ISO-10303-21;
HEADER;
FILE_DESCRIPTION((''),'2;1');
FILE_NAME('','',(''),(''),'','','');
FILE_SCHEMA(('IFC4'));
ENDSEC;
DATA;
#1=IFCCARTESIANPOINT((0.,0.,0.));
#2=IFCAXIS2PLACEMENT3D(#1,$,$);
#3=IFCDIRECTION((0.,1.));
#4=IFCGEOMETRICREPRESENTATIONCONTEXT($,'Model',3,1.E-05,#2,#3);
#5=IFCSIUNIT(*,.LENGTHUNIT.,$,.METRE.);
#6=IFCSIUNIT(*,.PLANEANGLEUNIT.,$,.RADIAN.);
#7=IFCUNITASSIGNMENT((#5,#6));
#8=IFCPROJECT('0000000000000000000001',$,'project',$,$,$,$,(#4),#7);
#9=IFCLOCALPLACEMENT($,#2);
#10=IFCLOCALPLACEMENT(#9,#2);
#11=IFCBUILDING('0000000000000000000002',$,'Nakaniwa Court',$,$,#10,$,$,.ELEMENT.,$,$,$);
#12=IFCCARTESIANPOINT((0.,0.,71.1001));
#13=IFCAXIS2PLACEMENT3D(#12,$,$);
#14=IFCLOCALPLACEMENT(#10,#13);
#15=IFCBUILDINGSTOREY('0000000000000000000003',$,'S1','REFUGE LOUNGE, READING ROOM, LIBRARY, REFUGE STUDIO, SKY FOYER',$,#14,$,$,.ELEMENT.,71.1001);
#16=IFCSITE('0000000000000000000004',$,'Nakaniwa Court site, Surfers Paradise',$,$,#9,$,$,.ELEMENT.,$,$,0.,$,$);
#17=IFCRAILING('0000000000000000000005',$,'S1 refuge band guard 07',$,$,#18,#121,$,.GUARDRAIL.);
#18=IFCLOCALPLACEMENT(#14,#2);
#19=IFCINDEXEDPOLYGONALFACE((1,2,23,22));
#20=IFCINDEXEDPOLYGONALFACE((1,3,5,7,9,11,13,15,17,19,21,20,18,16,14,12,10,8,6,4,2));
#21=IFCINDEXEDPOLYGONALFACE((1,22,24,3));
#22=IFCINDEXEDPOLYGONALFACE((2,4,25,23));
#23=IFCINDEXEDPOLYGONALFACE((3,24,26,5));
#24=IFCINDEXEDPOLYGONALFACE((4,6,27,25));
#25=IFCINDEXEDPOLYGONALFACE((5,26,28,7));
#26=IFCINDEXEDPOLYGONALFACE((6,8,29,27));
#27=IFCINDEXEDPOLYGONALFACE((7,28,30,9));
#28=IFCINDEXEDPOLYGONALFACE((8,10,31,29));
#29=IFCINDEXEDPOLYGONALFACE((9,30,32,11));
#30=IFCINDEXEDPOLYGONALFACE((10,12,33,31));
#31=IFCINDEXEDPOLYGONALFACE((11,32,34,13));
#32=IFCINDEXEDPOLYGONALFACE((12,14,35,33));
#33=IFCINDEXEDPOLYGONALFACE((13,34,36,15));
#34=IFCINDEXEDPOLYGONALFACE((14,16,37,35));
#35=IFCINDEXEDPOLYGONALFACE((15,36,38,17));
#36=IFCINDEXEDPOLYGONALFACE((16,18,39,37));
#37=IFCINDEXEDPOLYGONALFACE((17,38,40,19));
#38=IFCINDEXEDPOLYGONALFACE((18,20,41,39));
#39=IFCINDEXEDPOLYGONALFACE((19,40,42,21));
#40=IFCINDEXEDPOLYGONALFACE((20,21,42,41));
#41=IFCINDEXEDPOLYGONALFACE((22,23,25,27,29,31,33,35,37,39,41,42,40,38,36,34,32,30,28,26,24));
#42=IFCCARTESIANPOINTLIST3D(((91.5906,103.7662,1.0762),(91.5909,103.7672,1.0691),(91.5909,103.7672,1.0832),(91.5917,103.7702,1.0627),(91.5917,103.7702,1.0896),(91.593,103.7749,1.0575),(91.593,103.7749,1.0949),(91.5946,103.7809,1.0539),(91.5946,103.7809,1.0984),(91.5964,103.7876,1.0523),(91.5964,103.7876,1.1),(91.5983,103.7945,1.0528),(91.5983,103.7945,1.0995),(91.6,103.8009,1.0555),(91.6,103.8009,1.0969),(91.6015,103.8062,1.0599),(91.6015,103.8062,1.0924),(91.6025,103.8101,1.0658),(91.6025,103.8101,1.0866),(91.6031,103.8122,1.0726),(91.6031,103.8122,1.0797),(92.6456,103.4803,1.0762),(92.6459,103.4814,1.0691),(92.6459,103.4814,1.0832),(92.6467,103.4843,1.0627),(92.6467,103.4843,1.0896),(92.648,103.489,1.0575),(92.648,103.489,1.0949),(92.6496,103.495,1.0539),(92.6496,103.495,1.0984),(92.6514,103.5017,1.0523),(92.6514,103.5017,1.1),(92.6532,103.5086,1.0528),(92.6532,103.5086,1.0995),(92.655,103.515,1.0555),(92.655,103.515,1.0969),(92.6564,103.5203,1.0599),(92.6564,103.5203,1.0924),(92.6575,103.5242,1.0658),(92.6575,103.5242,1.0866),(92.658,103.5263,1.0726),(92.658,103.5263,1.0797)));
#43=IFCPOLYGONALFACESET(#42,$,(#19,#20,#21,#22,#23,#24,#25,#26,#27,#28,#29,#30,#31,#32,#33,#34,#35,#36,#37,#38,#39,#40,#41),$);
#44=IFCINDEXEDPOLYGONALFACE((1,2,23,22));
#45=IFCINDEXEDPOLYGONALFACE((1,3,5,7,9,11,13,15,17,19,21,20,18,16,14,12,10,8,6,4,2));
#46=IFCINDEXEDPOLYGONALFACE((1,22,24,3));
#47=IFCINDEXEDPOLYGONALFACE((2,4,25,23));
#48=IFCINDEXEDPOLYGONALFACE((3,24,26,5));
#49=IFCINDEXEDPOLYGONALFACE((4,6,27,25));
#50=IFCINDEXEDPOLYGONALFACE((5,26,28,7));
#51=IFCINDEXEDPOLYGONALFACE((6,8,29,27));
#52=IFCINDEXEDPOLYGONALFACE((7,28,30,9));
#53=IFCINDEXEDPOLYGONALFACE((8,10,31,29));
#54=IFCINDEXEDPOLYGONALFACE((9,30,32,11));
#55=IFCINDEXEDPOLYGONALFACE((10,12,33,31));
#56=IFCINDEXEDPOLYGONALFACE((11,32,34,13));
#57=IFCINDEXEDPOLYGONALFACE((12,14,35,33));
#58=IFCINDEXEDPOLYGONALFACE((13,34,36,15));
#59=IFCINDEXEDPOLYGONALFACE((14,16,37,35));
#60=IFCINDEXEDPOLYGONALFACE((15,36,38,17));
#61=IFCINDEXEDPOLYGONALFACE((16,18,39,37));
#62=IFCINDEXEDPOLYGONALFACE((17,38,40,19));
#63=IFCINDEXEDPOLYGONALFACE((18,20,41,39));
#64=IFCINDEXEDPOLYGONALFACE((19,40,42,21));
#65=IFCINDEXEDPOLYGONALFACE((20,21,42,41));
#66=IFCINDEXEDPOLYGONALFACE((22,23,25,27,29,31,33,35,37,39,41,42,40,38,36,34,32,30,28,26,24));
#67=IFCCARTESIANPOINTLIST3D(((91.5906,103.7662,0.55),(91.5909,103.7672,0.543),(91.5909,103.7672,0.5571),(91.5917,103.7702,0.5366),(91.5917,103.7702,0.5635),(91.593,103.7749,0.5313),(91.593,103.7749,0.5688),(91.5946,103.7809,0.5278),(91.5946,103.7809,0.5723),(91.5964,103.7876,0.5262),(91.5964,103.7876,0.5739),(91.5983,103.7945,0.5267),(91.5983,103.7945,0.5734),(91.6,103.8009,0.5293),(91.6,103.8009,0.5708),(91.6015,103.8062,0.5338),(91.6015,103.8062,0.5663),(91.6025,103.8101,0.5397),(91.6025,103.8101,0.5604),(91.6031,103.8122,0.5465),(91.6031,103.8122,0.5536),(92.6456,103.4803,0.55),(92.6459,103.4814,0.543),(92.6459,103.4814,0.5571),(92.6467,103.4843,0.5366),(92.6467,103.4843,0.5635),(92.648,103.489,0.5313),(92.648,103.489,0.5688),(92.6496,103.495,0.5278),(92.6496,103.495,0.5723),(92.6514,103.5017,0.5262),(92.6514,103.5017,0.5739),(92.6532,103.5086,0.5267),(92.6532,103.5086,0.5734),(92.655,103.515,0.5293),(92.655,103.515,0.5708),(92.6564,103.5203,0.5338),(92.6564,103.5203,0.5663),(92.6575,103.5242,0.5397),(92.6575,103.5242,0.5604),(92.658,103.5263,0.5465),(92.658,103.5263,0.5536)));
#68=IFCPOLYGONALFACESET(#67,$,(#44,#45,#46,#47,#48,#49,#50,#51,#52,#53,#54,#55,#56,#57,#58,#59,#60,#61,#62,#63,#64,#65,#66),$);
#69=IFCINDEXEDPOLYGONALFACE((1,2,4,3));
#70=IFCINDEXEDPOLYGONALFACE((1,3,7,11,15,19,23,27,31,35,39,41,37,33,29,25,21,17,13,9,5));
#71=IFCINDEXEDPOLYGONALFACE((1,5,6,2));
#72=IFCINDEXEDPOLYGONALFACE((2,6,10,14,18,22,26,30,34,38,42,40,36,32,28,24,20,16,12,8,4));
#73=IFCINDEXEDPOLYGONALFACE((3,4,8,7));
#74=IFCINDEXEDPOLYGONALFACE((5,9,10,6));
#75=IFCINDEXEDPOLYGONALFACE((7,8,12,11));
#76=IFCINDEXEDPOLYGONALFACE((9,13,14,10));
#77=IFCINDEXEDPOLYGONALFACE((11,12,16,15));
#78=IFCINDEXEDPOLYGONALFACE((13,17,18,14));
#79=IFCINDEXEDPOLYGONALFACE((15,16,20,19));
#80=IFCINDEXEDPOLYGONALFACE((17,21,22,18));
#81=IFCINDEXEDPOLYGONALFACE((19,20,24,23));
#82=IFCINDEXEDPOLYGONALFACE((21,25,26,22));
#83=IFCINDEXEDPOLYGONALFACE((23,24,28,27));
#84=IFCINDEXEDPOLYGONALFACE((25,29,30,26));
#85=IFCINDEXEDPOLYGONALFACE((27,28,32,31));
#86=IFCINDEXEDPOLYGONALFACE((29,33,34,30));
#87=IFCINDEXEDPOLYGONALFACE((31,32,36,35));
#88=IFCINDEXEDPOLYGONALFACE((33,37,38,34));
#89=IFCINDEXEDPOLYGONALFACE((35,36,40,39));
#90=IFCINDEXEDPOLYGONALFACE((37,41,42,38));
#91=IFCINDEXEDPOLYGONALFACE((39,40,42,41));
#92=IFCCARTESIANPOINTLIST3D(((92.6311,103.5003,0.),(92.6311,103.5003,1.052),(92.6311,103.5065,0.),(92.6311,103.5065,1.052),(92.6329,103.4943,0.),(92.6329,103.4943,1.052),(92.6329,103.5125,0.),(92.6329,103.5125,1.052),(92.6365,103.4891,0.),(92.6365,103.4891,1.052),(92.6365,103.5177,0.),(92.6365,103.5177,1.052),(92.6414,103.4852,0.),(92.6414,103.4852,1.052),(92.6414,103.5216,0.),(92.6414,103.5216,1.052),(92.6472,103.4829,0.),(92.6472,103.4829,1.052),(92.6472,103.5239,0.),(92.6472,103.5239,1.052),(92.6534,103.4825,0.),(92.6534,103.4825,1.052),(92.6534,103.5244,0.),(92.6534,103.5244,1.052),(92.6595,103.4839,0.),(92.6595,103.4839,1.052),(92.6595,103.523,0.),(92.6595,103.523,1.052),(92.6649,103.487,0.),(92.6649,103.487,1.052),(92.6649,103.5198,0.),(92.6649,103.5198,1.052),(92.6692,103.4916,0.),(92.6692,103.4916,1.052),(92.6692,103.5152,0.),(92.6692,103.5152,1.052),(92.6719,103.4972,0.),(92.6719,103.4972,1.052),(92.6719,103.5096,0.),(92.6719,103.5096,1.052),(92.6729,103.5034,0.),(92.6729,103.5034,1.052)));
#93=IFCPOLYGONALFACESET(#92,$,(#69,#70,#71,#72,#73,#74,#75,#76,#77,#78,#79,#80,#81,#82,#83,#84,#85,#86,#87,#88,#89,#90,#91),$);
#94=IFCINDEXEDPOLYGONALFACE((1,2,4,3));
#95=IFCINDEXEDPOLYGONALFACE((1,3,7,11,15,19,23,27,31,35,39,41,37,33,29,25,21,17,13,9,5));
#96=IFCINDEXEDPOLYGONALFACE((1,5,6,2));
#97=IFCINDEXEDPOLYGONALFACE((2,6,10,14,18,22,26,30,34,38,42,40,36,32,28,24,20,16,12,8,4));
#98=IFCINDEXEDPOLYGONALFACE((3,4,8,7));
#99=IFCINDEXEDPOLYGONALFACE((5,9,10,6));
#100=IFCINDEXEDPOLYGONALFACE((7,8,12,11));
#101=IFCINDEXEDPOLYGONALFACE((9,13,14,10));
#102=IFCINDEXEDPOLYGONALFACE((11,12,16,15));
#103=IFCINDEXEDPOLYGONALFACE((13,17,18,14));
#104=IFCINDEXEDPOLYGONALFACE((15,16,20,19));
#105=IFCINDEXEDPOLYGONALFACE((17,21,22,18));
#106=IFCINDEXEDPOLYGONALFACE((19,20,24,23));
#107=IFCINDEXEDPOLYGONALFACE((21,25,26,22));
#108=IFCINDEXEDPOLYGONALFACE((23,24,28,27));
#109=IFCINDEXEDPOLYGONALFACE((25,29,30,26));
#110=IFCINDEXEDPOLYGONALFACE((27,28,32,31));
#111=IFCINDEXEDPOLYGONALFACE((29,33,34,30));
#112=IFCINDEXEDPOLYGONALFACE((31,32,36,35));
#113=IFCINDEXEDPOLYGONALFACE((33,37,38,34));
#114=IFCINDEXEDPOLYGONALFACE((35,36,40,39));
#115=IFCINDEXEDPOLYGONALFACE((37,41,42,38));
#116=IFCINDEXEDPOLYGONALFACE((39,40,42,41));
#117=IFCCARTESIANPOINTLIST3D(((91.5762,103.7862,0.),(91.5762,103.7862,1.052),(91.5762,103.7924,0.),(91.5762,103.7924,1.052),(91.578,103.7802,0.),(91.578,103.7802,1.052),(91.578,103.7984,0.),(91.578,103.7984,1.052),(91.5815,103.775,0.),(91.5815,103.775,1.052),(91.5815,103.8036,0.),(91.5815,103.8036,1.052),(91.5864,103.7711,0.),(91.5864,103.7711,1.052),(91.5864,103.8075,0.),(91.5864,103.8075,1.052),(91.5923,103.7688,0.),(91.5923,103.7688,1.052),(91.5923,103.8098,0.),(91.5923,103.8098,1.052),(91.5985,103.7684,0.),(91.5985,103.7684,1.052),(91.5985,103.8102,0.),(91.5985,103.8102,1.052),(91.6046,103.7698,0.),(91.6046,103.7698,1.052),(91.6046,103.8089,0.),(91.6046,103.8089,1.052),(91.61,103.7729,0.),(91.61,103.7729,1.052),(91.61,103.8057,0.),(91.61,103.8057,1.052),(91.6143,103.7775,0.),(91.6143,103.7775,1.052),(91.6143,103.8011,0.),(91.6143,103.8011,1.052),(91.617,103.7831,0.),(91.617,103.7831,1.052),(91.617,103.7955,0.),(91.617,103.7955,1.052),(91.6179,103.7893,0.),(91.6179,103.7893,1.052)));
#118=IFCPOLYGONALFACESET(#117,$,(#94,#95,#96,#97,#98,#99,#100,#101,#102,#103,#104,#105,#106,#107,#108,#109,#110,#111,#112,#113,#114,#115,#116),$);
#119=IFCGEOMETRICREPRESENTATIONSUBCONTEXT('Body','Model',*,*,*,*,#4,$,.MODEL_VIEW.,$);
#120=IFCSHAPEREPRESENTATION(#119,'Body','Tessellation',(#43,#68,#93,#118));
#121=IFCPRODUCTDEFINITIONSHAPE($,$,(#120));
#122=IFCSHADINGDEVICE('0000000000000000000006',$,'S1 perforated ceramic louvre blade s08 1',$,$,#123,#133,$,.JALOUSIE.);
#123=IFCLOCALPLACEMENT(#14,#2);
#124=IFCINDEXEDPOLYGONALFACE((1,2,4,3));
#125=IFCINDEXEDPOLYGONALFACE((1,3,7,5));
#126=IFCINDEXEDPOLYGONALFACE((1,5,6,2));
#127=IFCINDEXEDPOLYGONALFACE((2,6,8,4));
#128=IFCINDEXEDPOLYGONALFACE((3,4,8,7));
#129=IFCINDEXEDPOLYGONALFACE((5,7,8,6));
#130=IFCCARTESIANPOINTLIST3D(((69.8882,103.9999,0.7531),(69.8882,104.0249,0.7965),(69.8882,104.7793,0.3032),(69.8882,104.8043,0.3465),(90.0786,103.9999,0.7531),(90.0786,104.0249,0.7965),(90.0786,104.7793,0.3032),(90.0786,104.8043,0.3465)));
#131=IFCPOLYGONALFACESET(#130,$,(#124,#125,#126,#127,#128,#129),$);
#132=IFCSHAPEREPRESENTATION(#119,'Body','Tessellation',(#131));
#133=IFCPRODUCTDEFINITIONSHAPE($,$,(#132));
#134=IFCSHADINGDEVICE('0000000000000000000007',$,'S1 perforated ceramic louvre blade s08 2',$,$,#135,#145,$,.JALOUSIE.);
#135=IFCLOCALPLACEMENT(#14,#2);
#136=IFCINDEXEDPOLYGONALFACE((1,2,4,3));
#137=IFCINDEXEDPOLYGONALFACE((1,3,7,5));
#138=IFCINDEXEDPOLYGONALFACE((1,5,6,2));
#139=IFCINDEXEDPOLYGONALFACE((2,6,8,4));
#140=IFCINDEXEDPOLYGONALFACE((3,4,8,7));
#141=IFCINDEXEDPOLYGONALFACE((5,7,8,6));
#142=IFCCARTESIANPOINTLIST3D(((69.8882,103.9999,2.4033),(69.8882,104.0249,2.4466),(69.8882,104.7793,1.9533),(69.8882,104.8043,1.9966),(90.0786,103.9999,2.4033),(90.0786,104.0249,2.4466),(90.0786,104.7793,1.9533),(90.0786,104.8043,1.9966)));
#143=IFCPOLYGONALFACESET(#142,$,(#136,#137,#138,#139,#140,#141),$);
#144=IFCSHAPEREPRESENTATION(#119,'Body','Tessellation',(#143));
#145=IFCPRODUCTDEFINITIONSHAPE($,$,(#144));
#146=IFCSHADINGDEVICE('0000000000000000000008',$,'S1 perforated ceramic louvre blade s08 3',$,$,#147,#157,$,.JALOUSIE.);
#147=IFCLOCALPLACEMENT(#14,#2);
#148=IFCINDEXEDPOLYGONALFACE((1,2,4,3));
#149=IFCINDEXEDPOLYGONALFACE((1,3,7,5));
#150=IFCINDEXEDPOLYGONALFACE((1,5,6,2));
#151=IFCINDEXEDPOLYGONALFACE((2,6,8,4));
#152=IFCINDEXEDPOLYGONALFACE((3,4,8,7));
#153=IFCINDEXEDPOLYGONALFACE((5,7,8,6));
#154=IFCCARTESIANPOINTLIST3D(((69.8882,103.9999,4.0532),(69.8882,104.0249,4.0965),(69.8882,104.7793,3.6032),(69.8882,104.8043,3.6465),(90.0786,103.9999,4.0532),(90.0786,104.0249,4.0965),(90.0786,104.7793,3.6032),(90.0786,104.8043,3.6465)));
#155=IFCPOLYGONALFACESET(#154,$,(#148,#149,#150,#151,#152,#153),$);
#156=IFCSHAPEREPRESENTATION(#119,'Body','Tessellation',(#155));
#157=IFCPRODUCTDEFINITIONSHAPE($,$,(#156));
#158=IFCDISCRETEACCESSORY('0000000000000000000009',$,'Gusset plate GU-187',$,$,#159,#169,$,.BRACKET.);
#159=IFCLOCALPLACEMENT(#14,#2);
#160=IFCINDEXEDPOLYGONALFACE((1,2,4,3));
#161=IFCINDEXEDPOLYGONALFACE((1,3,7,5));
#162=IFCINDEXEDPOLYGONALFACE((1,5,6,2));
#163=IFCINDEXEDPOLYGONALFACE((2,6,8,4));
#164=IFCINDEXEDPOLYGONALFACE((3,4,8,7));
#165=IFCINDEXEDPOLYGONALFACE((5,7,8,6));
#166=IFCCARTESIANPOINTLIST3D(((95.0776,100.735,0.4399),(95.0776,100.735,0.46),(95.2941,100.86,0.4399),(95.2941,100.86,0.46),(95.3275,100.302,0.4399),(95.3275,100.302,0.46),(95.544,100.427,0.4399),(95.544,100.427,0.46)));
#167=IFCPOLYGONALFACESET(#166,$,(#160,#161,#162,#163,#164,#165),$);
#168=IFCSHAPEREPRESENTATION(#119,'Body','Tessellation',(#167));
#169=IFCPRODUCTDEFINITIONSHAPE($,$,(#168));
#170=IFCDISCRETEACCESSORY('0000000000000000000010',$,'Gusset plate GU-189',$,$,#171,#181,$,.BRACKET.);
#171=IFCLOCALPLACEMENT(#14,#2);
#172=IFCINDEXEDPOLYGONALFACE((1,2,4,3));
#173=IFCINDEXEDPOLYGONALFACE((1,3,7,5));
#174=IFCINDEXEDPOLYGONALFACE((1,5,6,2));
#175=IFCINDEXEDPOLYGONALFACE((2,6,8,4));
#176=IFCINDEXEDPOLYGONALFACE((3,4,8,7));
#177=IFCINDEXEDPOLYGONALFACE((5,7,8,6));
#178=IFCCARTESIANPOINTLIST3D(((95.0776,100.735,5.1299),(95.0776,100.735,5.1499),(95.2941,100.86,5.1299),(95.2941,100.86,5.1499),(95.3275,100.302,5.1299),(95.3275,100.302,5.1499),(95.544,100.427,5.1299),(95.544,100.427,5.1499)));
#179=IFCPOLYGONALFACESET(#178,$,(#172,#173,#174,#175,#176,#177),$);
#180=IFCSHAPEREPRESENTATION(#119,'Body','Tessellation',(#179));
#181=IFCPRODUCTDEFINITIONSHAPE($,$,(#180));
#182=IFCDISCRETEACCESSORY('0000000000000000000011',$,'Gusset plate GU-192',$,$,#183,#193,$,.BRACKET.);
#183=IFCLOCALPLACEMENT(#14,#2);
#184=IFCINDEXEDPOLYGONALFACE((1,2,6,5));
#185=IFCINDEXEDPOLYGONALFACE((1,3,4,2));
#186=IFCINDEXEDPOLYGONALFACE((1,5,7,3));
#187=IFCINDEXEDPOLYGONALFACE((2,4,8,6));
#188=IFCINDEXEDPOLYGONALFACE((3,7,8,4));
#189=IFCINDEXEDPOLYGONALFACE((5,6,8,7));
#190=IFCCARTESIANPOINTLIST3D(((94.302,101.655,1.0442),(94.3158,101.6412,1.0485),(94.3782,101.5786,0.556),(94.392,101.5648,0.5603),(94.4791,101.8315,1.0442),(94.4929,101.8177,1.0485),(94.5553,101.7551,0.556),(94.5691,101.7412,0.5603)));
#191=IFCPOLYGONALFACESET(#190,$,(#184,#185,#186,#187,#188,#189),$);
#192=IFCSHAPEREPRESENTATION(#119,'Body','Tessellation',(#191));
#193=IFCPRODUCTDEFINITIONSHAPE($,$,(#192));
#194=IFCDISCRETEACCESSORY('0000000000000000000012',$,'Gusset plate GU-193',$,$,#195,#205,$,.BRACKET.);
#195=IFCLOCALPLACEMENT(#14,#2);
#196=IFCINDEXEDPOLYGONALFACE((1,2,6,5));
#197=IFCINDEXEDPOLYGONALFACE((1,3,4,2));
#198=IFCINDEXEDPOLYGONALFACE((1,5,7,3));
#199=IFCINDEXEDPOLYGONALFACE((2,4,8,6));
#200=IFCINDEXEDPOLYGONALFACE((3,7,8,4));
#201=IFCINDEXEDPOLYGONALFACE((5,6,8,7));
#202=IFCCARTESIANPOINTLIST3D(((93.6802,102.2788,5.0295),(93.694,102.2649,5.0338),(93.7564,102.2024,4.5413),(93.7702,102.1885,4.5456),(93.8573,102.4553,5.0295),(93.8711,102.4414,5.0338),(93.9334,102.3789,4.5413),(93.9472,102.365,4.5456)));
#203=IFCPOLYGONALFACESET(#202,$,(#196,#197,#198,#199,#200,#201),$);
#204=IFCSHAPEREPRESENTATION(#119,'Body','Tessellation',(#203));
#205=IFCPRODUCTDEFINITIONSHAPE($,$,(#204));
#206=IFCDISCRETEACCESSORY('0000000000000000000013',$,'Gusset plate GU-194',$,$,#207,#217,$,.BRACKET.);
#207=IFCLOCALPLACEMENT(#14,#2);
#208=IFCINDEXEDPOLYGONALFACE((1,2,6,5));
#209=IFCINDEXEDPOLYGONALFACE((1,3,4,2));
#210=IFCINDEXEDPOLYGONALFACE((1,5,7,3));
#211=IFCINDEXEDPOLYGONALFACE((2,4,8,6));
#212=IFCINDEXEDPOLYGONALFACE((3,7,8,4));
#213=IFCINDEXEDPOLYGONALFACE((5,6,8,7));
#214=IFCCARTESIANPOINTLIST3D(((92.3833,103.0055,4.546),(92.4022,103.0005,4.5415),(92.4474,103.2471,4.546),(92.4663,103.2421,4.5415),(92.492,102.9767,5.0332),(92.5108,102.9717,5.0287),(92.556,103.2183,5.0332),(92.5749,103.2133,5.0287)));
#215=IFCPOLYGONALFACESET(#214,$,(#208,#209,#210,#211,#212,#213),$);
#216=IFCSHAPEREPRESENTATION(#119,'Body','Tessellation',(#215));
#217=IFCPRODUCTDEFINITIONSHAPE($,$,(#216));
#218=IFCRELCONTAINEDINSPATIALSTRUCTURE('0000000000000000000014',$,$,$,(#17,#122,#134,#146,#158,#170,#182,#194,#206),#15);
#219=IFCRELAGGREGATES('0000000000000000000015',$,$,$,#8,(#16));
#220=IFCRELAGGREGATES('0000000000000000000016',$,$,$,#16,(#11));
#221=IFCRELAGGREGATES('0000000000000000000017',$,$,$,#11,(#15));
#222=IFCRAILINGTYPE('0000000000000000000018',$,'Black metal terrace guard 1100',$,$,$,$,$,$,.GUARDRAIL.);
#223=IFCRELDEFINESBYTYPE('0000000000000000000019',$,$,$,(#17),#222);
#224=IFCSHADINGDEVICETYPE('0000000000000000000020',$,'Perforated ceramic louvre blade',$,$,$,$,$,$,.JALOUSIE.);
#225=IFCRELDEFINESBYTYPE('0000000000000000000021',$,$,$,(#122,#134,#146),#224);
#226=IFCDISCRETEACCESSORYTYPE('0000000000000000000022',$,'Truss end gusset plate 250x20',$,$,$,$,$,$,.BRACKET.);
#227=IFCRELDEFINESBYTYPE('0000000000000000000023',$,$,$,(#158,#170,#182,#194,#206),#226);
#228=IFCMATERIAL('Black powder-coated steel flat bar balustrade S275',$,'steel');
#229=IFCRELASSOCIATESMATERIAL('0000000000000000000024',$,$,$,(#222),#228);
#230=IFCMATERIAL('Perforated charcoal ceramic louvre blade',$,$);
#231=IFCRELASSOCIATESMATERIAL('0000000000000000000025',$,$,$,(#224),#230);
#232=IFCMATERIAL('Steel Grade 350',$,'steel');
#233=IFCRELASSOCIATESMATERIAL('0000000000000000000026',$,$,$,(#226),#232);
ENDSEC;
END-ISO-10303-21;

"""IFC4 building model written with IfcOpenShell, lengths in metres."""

from ifc_helpers import new_model, si_unit, direction, frame, origin, origin_2d, place, context, subcontext, project, spatial, rectangle, circle, extrude, material, material_profile, profile_set, type_object, element, save


model = new_model("IFC4")

# Units and contexts
model_context = context("Model", 3, precision=1e-05, world=origin(), true_north=direction((0.0, 1.0)))
body_context = subcontext(model_context, "Body", "Model", "MODEL_VIEW")
ifc_project = project(units=[si_unit("LENGTHUNIT", "METRE"), si_unit("PLANEANGLEUNIT", "RADIAN")], contexts=[model_context])

# Site, building, storey
site_placement = place(None, origin())
site = spatial("IfcSite", under=ifc_project, at=site_placement, Name="Nakaniwa Court site, Surfers Paradise", CompositionType="ELEMENT", RefElevation=0.0)
building_placement = place(site_placement, origin())
building = spatial("IfcBuilding", under=site, at=building_placement, Name="Nakaniwa Court", CompositionType="ELEMENT")
storey_placement = place(building_placement, frame((0.0, 0.0, 71.1001)))
storey = spatial("IfcBuildingStorey", under=building, at=storey_placement, Name="S1", Description="REFUGE LOUNGE, READING ROOM, LIBRARY, REFUGE STUDIO, SKY FOYER", CompositionType="ELEMENT", Elevation=71.1001)

# Shared definitions
ifc_material_1 = material(Name="Steel Grade 350", Category="steel")

# Railing
ifc_material_2 = material(Name="Black powder-coated steel flat bar balustrade S275", Category="steel")
railing_type = type_object("IfcRailingType", Name="Black metal terrace guard 1100", PredefinedType="GUARDRAIL", material=ifc_material_2)
railing_1_placement = place(storey_placement, frame((92.6519, 103.5034, 0.0)))
element("IfcRailing", 1, at=railing_1_placement, inside=storey, type_object=railing_type, Name="S1 refuge band guard 07", PredefinedType="GUARDRAIL", context=body_context, shape_type="SweptSolid", body=[
    extrude(circle(Radius=0.0239, at=origin_2d()), frame((0.0, 0.0, 1.0762), z_axis=(-0.965185, 0.261567, 0.0), x_axis=(-0.261567, -0.965185, 0.0)), (0.0, 0.0, 1.0), 1.093),
    extrude(circle(Radius=0.0239, at=origin_2d()), frame((0.0, 0.0, 0.55), z_axis=(-0.965185, 0.261567, 0.0), x_axis=(-0.261567, -0.965185, 0.0)), (0.0, 0.0, 1.0), 1.093),
    extrude(circle(Radius=0.021, at=origin_2d()), origin(), (0.0, 0.0, 1.0), 1.052),
    extrude(circle(Radius=0.021, at=origin_2d()), frame((-1.0549, 0.2859, 0.0)), (0.0, 0.0, 1.0), 1.052),
])

# Shading devices
ifc_material_3 = material(Name="Perforated charcoal ceramic louvre blade")
ifc_material_profile_1 = material_profile(ifc_material_3, rectangle(XDim=0.8999, YDim=0.05, at=origin_2d()), Name="Perforated ceramic louvre blade")
ifc_profile_set_1 = profile_set([ifc_material_profile_1], Name="Perforated charcoal ceramic louvre blade")
shading_device_type = type_object("IfcShadingDeviceType", Name="Perforated ceramic louvre blade", PredefinedType="JALOUSIE", material=ifc_profile_set_1)
for number, where, z_axis, x_axis, name in (
    (2, (90.0786, 104.4021, 0.5498), (-1.0, 0.0, 0.0), (0.0, -0.866025, 0.5), "S1 perforated ceramic louvre blade s08 1"),
    (3, (90.0786, 104.4021, 2.2), (-1.0, 0.0, 0.0), (0.0, -0.866025, 0.5), "S1 perforated ceramic louvre blade s08 2"),
    (4, (90.0786, 104.4021, 3.8499), (-1.0, 0.0, 0.0), (0.0, -0.866025, 0.5), "S1 perforated ceramic louvre blade s08 3"),
):
    element("IfcShadingDevice", number, at=place(storey_placement, frame(where, z_axis=z_axis, x_axis=x_axis)), inside=storey, type_object=shading_device_type, Name=name, PredefinedType="JALOUSIE", context=body_context, shape_type="SweptSolid", body=[
        extrude(rectangle(XDim=0.8999, YDim=0.05, at=origin_2d()), origin(), (0.0, 0.0, 1.0), 20.1904),
    ])

# Discrete accessories
ifc_material_profile_2 = material_profile(ifc_material_1, rectangle(XDim=0.25, YDim=0.02, at=origin_2d()), Name="Truss end gusset plate 250x20")
ifc_profile_set_2 = profile_set([ifc_material_profile_2], Name="Steel Grade 350")
discrete_accessory_type = type_object("IfcDiscreteAccessoryType", Name="Truss end gusset plate 250x20", PredefinedType="BRACKET", material=ifc_profile_set_2)
for number, where, z_axis, x_axis, name in (
    (5, (95.4358, 100.3645, 0.45), (-0.49992, 0.866072, 0.0), (-0.866072, -0.49992, 0.0), "Gusset plate GU-187"),
    (6, (95.4358, 100.3645, 5.1399), (-0.49992, 0.866072, 0.0), (-0.866072, -0.49992, 0.0), "Gusset plate GU-189"),
    (7, (94.3975, 101.7363, 1.0464), (0.152325, -0.152814, -0.976445), (0.708237, 0.705975, 0.0), "Gusset plate GU-192"),
    (8, (93.8518, 102.2837, 4.5435), (-0.152325, 0.152814, 0.976445), (-0.708237, -0.705975, 0.0), "Gusset plate GU-193"),
    (9, (92.4248, 103.1238, 4.5437), (0.217242, -0.057606, 0.974416), (0.25631, 0.966595, 0.0), "Gusset plate GU-194"),
):
    element("IfcDiscreteAccessory", number, at=place(storey_placement, frame(where, z_axis=z_axis, x_axis=x_axis)), inside=storey, type_object=discrete_accessory_type, Name=name, PredefinedType="BRACKET", context=body_context, shape_type="SweptSolid", body=[
        extrude(rectangle(XDim=0.25, YDim=0.02, at=origin_2d()), origin(), (0.0, 0.0, 1.0), 0.5),
    ])

save(model, "model.ifc")
